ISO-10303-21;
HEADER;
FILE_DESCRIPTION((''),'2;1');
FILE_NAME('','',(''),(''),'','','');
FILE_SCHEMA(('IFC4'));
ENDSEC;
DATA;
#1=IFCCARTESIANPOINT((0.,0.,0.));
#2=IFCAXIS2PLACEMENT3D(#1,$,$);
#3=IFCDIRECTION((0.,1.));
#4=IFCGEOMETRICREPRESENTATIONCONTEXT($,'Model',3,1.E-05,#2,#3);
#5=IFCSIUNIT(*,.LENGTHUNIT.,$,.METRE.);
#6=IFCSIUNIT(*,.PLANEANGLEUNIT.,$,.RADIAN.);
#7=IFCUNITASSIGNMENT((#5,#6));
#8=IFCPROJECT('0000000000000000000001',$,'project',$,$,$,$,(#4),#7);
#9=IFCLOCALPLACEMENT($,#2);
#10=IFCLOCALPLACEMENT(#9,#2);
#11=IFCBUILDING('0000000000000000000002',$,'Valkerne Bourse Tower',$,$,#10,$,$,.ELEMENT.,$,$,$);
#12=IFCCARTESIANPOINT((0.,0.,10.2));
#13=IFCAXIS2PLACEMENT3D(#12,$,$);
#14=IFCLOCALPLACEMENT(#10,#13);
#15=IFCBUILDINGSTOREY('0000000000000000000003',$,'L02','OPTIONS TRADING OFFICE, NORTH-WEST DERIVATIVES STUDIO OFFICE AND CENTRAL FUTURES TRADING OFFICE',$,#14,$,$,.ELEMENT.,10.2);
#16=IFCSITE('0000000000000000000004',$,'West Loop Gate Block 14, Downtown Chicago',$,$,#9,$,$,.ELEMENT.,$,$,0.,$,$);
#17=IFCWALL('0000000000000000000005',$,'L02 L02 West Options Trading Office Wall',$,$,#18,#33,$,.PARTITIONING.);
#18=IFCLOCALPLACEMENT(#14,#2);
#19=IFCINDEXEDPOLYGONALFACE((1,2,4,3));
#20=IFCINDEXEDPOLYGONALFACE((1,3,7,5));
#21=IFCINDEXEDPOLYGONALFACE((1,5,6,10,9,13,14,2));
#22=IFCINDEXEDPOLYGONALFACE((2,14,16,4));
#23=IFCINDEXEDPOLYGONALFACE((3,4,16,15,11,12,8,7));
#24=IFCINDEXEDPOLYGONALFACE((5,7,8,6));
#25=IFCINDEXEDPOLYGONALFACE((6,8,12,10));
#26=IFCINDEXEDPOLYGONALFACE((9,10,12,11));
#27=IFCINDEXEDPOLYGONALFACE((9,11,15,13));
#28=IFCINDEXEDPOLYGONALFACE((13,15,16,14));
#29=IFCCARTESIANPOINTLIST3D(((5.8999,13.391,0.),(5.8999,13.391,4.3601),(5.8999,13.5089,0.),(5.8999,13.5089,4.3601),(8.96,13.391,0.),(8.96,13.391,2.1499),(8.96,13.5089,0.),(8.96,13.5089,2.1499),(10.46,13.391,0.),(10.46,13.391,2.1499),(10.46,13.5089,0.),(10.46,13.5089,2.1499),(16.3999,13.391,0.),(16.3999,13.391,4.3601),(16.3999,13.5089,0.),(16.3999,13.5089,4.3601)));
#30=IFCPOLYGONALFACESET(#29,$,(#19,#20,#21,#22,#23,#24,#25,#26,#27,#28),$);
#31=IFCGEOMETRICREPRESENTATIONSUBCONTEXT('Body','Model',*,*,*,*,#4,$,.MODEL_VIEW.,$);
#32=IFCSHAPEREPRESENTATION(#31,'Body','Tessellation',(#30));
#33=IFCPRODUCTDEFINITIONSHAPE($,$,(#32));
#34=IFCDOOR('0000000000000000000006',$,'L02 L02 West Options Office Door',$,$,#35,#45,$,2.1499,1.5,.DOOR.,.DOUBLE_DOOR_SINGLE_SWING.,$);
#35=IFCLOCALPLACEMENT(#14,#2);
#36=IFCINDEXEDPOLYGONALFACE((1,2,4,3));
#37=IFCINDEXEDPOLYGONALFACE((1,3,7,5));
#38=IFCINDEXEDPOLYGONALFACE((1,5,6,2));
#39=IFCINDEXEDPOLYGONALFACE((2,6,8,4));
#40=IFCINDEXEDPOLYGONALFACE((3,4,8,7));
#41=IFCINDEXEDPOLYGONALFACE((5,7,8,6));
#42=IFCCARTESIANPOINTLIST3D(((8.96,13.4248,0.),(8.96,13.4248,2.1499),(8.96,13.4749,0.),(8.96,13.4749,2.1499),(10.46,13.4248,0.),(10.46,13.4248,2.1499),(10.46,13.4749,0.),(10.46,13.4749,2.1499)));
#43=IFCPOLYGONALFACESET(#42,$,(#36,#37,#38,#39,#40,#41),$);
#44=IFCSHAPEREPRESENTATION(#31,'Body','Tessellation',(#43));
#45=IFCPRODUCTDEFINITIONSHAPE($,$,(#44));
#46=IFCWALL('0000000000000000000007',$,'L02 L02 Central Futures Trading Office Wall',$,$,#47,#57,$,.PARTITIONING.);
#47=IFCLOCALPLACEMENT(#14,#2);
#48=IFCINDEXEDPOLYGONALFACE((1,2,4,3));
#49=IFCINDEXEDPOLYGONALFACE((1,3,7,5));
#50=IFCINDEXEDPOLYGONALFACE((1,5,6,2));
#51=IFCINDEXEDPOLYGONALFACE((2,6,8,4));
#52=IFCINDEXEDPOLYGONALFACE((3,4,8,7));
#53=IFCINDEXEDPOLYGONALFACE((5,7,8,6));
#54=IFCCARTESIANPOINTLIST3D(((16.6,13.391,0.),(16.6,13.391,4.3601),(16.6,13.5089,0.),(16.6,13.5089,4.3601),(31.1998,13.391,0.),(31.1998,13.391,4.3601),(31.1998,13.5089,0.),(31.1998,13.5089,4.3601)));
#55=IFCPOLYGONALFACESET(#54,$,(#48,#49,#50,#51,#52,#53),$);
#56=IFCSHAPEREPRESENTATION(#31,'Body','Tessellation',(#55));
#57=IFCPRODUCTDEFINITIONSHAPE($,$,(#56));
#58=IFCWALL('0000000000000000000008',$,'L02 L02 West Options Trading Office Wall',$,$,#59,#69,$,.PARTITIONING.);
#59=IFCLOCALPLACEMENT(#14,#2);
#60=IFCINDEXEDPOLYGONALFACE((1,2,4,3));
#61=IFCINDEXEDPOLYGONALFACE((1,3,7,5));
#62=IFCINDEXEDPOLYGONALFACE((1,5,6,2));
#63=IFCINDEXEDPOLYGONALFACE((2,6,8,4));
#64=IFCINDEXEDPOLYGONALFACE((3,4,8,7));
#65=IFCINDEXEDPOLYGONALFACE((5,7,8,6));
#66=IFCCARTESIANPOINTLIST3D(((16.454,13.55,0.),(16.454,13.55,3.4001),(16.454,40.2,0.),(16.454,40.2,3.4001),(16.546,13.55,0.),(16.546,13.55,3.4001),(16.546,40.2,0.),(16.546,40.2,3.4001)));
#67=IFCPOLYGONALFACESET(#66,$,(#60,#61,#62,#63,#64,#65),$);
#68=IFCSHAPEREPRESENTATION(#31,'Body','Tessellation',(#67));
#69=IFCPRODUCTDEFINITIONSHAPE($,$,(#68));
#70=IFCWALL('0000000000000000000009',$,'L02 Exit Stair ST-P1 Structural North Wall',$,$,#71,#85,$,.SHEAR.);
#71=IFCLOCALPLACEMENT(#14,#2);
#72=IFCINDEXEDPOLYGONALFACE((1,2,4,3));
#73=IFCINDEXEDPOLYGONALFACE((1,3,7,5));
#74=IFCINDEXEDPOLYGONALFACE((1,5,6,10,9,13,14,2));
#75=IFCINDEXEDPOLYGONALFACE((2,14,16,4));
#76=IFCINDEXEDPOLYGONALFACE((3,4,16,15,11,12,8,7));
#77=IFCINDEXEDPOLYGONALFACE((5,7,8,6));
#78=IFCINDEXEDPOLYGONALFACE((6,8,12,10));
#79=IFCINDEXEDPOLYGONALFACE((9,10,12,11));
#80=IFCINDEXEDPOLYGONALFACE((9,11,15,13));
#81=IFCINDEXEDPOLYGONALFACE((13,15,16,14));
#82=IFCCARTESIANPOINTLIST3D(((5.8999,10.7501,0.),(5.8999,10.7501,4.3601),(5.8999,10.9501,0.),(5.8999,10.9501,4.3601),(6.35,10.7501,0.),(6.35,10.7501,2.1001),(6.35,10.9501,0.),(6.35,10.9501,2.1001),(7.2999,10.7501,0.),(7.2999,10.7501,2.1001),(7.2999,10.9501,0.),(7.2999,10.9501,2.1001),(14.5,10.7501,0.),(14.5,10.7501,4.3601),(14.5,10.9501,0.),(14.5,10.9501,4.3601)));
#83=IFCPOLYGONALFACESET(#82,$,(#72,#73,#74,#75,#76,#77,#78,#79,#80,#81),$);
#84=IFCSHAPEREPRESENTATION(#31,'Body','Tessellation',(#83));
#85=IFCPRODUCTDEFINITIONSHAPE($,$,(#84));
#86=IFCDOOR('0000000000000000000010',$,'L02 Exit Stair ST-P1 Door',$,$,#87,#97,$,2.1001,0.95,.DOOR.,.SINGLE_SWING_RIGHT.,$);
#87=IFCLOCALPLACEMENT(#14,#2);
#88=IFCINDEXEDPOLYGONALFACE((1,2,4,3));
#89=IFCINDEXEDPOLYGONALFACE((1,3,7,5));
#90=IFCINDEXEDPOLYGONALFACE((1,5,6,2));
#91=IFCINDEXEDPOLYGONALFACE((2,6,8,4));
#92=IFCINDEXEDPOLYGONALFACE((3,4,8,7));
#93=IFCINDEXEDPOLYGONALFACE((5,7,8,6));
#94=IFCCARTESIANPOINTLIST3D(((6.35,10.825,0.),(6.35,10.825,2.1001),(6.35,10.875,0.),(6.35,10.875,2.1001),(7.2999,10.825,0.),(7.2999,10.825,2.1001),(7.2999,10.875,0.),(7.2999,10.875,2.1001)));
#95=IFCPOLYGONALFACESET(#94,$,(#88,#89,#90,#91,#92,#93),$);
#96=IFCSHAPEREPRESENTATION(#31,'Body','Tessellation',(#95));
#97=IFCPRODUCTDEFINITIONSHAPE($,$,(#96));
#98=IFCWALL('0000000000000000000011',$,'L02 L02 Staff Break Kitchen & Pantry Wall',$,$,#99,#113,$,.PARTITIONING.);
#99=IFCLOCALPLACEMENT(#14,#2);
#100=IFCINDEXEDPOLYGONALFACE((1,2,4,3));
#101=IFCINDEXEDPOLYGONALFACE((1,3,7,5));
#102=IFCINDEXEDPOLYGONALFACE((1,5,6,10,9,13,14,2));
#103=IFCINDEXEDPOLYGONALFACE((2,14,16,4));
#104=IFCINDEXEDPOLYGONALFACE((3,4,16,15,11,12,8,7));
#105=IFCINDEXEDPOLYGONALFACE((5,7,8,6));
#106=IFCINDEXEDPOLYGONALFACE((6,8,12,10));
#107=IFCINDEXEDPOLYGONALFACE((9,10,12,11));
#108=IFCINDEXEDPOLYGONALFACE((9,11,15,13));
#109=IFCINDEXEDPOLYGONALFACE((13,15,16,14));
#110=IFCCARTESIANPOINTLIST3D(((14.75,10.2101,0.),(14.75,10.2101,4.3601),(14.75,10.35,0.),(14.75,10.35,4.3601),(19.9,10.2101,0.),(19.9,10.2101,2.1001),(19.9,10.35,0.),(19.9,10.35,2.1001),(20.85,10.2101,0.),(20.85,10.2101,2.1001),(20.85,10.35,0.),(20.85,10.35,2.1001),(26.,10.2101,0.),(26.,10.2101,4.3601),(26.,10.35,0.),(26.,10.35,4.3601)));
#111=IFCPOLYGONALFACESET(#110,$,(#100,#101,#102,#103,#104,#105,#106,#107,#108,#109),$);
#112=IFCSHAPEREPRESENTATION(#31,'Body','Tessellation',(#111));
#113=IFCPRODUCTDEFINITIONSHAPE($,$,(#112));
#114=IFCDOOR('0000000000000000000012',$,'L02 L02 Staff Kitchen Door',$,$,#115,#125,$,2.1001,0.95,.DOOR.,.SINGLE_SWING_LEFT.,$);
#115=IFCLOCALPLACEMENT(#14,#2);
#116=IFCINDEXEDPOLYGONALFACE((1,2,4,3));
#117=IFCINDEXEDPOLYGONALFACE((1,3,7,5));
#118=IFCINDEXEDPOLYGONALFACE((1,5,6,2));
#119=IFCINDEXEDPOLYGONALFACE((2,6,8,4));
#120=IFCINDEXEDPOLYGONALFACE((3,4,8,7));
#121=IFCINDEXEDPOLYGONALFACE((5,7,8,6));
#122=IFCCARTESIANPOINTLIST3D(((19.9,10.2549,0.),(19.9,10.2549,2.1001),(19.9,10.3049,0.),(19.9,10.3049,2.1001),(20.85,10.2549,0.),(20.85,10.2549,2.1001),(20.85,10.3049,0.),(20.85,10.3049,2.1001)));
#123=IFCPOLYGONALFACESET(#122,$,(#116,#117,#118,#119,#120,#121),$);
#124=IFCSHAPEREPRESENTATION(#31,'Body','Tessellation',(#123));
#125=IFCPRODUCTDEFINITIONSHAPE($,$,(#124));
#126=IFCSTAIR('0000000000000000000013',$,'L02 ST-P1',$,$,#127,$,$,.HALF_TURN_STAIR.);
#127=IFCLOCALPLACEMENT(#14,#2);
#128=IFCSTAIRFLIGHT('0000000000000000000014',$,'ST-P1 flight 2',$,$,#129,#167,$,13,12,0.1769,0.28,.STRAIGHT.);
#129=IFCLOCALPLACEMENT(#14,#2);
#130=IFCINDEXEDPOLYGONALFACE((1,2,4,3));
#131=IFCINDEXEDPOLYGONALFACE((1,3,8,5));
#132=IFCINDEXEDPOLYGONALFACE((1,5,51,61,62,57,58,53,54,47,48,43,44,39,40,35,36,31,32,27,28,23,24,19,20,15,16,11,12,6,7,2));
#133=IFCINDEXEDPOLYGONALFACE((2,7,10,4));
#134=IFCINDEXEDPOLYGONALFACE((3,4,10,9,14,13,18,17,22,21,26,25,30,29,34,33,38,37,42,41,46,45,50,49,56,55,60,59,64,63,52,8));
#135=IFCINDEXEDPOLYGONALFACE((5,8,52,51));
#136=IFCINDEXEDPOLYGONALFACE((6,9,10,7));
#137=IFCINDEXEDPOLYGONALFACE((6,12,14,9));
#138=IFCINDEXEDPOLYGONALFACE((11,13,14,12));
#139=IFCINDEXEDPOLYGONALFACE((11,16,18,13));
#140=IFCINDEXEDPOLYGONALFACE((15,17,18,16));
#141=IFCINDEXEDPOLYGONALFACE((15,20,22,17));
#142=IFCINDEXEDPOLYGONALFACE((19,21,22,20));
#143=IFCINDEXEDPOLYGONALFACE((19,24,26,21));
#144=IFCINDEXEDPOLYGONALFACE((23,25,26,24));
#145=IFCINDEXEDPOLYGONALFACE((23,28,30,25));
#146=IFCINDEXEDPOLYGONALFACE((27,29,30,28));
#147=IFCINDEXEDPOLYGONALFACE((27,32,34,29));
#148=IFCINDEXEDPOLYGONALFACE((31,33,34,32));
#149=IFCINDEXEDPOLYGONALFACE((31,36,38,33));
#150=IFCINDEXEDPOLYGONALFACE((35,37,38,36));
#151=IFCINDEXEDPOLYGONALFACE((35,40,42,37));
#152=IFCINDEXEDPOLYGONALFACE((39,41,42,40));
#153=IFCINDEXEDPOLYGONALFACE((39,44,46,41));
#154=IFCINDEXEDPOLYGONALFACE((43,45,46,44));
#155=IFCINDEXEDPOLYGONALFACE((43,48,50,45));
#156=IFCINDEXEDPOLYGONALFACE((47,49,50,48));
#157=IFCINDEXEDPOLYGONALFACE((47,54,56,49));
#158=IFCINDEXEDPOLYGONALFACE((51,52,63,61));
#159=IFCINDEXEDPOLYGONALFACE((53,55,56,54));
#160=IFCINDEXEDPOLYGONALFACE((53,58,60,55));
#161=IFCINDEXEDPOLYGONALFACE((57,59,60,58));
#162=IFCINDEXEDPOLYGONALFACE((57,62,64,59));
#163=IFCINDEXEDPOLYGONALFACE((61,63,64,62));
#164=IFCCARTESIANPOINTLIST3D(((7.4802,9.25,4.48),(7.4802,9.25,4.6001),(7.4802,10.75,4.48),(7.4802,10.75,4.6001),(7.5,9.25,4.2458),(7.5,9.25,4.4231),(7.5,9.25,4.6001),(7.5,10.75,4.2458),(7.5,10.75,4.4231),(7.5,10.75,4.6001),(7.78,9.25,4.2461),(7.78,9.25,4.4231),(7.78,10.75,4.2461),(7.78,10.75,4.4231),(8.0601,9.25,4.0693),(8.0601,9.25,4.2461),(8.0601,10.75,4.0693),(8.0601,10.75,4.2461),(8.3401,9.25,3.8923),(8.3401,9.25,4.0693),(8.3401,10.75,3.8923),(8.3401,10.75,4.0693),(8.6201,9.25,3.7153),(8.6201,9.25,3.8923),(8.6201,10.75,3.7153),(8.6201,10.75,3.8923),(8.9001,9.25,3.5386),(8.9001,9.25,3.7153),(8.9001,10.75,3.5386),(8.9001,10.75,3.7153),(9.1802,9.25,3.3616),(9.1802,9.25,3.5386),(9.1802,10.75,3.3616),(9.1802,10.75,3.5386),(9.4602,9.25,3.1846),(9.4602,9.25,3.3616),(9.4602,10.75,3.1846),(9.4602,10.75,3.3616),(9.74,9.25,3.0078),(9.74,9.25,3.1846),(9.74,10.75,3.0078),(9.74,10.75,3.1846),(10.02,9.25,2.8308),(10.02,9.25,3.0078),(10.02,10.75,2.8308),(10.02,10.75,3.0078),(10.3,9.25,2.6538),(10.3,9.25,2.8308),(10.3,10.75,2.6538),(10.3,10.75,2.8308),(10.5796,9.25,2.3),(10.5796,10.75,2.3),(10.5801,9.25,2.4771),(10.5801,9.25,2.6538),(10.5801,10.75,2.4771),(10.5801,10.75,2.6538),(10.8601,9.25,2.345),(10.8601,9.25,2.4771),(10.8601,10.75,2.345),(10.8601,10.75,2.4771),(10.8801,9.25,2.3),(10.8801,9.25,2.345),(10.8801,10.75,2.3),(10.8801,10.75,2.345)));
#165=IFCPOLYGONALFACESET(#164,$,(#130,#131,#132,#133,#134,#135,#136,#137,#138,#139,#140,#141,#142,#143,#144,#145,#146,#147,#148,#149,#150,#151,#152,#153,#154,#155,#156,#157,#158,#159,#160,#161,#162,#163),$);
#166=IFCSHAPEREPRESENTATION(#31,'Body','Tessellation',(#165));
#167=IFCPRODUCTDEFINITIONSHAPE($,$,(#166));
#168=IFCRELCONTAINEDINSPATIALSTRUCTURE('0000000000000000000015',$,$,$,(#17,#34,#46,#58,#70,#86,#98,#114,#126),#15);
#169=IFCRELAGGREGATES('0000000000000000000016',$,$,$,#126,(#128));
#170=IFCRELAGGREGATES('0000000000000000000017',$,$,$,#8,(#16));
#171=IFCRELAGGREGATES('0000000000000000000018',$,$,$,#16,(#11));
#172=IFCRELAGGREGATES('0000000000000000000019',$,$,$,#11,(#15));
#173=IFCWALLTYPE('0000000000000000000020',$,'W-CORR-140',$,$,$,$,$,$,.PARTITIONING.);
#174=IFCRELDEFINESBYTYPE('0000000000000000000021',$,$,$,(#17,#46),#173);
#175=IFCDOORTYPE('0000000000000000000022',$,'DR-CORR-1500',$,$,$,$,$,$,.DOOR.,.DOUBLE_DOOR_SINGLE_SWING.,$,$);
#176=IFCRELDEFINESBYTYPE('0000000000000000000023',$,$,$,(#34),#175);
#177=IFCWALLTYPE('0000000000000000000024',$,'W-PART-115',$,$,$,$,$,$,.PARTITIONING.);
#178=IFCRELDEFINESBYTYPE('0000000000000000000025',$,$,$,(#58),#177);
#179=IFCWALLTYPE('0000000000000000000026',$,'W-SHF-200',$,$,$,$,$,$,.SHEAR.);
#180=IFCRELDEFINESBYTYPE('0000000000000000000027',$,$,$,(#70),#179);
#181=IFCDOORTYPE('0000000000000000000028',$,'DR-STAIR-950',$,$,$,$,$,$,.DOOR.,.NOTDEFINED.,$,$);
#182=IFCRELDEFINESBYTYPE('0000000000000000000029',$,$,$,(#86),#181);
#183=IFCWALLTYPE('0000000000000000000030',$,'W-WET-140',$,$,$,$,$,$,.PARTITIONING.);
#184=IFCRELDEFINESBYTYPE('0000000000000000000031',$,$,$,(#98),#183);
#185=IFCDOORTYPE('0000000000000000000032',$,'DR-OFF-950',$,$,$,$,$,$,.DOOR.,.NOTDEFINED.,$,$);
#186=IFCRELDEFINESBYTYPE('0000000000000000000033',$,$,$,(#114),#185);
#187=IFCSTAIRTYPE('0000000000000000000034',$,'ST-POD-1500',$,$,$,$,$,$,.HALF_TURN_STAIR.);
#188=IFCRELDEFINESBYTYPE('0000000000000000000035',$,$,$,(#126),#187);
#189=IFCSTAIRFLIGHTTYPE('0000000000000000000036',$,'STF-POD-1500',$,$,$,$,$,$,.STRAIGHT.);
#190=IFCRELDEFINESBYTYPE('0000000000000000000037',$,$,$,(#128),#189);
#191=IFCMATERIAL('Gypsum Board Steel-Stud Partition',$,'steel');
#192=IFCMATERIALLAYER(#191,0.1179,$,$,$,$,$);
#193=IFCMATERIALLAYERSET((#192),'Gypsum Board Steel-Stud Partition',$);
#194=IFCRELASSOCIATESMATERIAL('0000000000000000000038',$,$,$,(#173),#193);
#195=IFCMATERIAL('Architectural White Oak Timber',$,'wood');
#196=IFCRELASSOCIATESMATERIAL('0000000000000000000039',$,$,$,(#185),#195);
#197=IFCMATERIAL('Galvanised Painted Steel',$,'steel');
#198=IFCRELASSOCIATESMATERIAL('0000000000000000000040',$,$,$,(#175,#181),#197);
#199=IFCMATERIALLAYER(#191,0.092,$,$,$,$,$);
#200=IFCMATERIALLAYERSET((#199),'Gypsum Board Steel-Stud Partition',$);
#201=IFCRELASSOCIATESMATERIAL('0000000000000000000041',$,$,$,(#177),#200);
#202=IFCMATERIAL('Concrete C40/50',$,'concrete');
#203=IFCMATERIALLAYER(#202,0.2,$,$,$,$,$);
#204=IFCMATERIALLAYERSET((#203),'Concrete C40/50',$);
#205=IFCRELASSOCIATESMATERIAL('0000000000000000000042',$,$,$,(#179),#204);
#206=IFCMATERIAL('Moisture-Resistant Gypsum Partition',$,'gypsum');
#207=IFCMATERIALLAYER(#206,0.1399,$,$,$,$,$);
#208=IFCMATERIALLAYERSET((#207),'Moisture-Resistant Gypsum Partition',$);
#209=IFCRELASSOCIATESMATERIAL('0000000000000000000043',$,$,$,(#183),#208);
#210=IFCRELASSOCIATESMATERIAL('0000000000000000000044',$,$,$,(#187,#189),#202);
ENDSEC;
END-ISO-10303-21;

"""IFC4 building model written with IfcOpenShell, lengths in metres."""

from ifc_helpers import new_model, si_unit, direction, frame, frame_2d, origin, place, context, subcontext, project, spatial, polyline, rectangle, outline, extrude, material, layer, layer_set, type_object, element, fill, aggregate, save


model = new_model("IFC4")

# Units and contexts
model_context = context("Model", 3, precision=1e-05, world=origin(), true_north=direction((0.0, 1.0)))
body_context = subcontext(model_context, "Body", "Model", "MODEL_VIEW")
ifc_project = project(units=[si_unit("LENGTHUNIT", "METRE"), si_unit("PLANEANGLEUNIT", "RADIAN")], contexts=[model_context])

# Site, building, storey
site_placement = place(None, origin())
site = spatial("IfcSite", under=ifc_project, at=site_placement, Name="West Loop Gate Block 14, Downtown Chicago", CompositionType="ELEMENT", RefElevation=0.0)
building_placement = place(site_placement, origin())
building = spatial("IfcBuilding", under=site, at=building_placement, Name="Valkerne Bourse Tower", CompositionType="ELEMENT")
storey_placement = place(building_placement, frame((0.0, 0.0, 10.2)))
storey = spatial("IfcBuildingStorey", under=building, at=storey_placement, Name="L02", Description="OPTIONS TRADING OFFICE, NORTH-WEST DERIVATIVES STUDIO OFFICE AND CENTRAL FUTURES TRADING OFFICE", CompositionType="ELEMENT", Elevation=10.2)

# Wall, opening, door
ifc_material_1 = material(Name="Gypsum Board Steel-Stud Partition", Category="steel")
ifc_layer_1 = layer(ifc_material_1, 0.1179)
ifc_layer_set_1 = layer_set([ifc_layer_1], Name="Gypsum Board Steel-Stud Partition")
wall_type_1 = type_object("IfcWallType", Name="W-CORR-140", PredefinedType="PARTITIONING", material=ifc_layer_set_1)
ifc_material_2 = material(Name="Architectural White Oak Timber", Category="wood")
door_type_1 = type_object("IfcDoorType", Name="DR-OFF-950", OperationType="NOTDEFINED", PredefinedType="DOOR", material=ifc_material_2)
wall_1_placement = place(storey_placement, frame((5.8999, 13.45, 0.0), z_axis=(0.0, 0.0, 1.0), x_axis=(1.0, 0.0, 0.0)))
wall_1 = element("IfcWall", 1, at=wall_1_placement, inside=storey, type_object=wall_type_1, Name="L02 L02 West Options Trading Office Wall", PredefinedType="PARTITIONING", context=body_context, shape_type="SweptSolid", body=[
    extrude(rectangle(XDim=10.5, YDim=0.1179, at=frame_2d((5.25, 0.0))), origin(), (0.0, 0.0, 1.0), 4.3601),
])
opening_1_placement = place(wall_1_placement, frame((3.0601, 0.0, 0.0)))
opening_1 = element("IfcOpeningElement", 2, at=opening_1_placement, cuts=wall_1, PredefinedType="OPENING", context=body_context, shape_type="SweptSolid", body=[
    extrude(rectangle(XDim=1.5, YDim=2.1499, at=frame_2d((0.75, 1.075))), frame((0.0, 0.0688, 0.0), z_axis=(0.0, -1.0, 0.0), x_axis=(1.0, 0.0, 0.0)), (0.0, 0.0, 1.0), 0.1379),
])
ifc_material_3 = material(Name="Galvanised Painted Steel", Category="steel")
door_type_2 = type_object("IfcDoorType", Name="DR-CORR-1500", OperationType="DOUBLE_DOOR_SINGLE_SWING", PredefinedType="DOOR", material=ifc_material_3)
door_1_placement = place(opening_1_placement, origin())
door_1 = element("IfcDoor", 3, at=door_1_placement, inside=storey, type_object=door_type_2, Name="L02 L02 West Options Office Door", OperationType="DOUBLE_DOOR_SINGLE_SWING", OverallHeight=2.1499, OverallWidth=1.5, PredefinedType="DOOR", context=body_context, shape_type="SweptSolid", body=[
    extrude(rectangle(XDim=1.5, YDim=2.1499, at=frame_2d((0.75, 1.075))), frame((0.0, 0.0249, 0.0), z_axis=(0.0, -1.0, 0.0), x_axis=(1.0, 0.0, 0.0)), (0.0, 0.0, 1.0), 0.05),
])
fill(opening_1, door_1)

# Walls
wall_2_placement = place(storey_placement, frame((16.6001, 13.45, 0.0), z_axis=(0.0, 0.0, 1.0), x_axis=(1.0, 0.0, 0.0)))
element("IfcWall", 4, at=wall_2_placement, inside=storey, type_object=wall_type_1, Name="L02 L02 Central Futures Trading Office Wall", PredefinedType="PARTITIONING", context=body_context, shape_type="SweptSolid", body=[
    extrude(rectangle(XDim=14.5999, YDim=0.1179, at=frame_2d((7.2998, 0.0))), origin(), (0.0, 0.0, 1.0), 4.3601),
])
ifc_layer_2 = layer(ifc_material_1, 0.092)
ifc_layer_set_2 = layer_set([ifc_layer_2], Name="Gypsum Board Steel-Stud Partition")
wall_type_2 = type_object("IfcWallType", Name="W-PART-115", PredefinedType="PARTITIONING", material=ifc_layer_set_2)
wall_3_placement = place(storey_placement, frame((16.5, 13.55, 0.0), z_axis=(0.0, 0.0, 1.0), x_axis=(0.0, 1.0, 0.0)))
element("IfcWall", 5, at=wall_3_placement, inside=storey, type_object=wall_type_2, Name="L02 L02 West Options Trading Office Wall", PredefinedType="PARTITIONING", context=body_context, shape_type="SweptSolid", body=[
    extrude(rectangle(XDim=26.6499, YDim=0.092, at=frame_2d((13.325, 0.0))), origin(), (0.0, 0.0, 1.0), 3.4001),
])

# Walls, openings, doors
ifc_material_4 = material(Name="Concrete C40/50", Category="concrete")
ifc_layer_3 = layer(ifc_material_4, 0.2)
ifc_layer_set_3 = layer_set([ifc_layer_3], Name="Concrete C40/50")
wall_type_3 = type_object("IfcWallType", Name="W-SHF-200", PredefinedType="SHEAR", material=ifc_layer_set_3)
wall_4_placement = place(storey_placement, frame((5.8999, 10.8501, 0.0), z_axis=(0.0, 0.0, 1.0), x_axis=(1.0, 0.0, 0.0)))
wall_4 = element("IfcWall", 6, at=wall_4_placement, inside=storey, type_object=wall_type_3, Name="L02 Exit Stair ST-P1 Structural North Wall", PredefinedType="SHEAR", context=body_context, shape_type="SweptSolid", body=[
    extrude(rectangle(XDim=8.6001, YDim=0.2, at=frame_2d((4.3, 0.0))), origin(), (0.0, 0.0, 1.0), 4.3601),
])
opening_2_placement = place(wall_4_placement, frame((0.45, 0.0, 0.0)))
opening_2 = element("IfcOpeningElement", 7, at=opening_2_placement, cuts=wall_4, PredefinedType="OPENING", context=body_context, shape_type="SweptSolid", body=[
    extrude(rectangle(XDim=0.95, YDim=2.1001, at=frame_2d((0.4751, 1.05))), frame((0.0, 0.1099, 0.0), z_axis=(0.0, -1.0, 0.0), x_axis=(1.0, 0.0, 0.0)), (0.0, 0.0, 1.0), 0.22),
])
door_type_3 = type_object("IfcDoorType", Name="DR-STAIR-950", OperationType="NOTDEFINED", PredefinedType="DOOR", material=ifc_material_3)
door_2_placement = place(opening_2_placement, origin())
door_2 = element("IfcDoor", 8, at=door_2_placement, inside=storey, type_object=door_type_3, Name="L02 Exit Stair ST-P1 Door", OperationType="SINGLE_SWING_RIGHT", OverallHeight=2.1001, OverallWidth=0.95, PredefinedType="DOOR", context=body_context, shape_type="SweptSolid", body=[
    extrude(rectangle(XDim=0.95, YDim=2.1001, at=frame_2d((0.4751, 1.05))), frame((0.0, 0.0249, 0.0), z_axis=(0.0, -1.0, 0.0), x_axis=(1.0, 0.0, 0.0)), (0.0, 0.0, 1.0), 0.05),
])
fill(opening_2, door_2)
ifc_material_5 = material(Name="Moisture-Resistant Gypsum Partition", Category="gypsum")
ifc_layer_4 = layer(ifc_material_5, 0.1399)
ifc_layer_set_4 = layer_set([ifc_layer_4], Name="Moisture-Resistant Gypsum Partition")
wall_type_4 = type_object("IfcWallType", Name="W-WET-140", PredefinedType="PARTITIONING", material=ifc_layer_set_4)
wall_5_placement = place(storey_placement, frame((14.75, 10.28, 0.0), z_axis=(0.0, 0.0, 1.0), x_axis=(1.0, 0.0, 0.0)))
wall_5 = element("IfcWall", 9, at=wall_5_placement, inside=storey, type_object=wall_type_4, Name="L02 L02 Staff Break Kitchen & Pantry Wall", PredefinedType="PARTITIONING", context=body_context, shape_type="SweptSolid", body=[
    extrude(rectangle(XDim=11.25, YDim=0.1399, at=frame_2d((5.625, 0.0))), origin(), (0.0, 0.0, 1.0), 4.3601),
])
opening_3_placement = place(wall_5_placement, frame((5.1499, 0.0, 0.0)))
opening_3 = element("IfcOpeningElement", 10, at=opening_3_placement, cuts=wall_5, PredefinedType="OPENING", context=body_context, shape_type="SweptSolid", body=[
    extrude(rectangle(XDim=0.95, YDim=2.1001, at=frame_2d((0.4751, 1.05))), frame((0.0, 0.0798, 0.0), z_axis=(0.0, -1.0, 0.0), x_axis=(1.0, 0.0, 0.0)), (0.0, 0.0, 1.0), 0.1599),
])
door_3_placement = place(opening_3_placement, origin())
door_3 = element("IfcDoor", 11, at=door_3_placement, inside=storey, type_object=door_type_1, Name="L02 L02 Staff Kitchen Door", OperationType="SINGLE_SWING_LEFT", OverallHeight=2.1001, OverallWidth=0.95, PredefinedType="DOOR", context=body_context, shape_type="SweptSolid", body=[
    extrude(rectangle(XDim=0.95, YDim=2.1001, at=frame_2d((0.4751, 1.05))), frame((0.0, 0.0249, 0.0), z_axis=(0.0, -1.0, 0.0), x_axis=(1.0, 0.0, 0.0)), (0.0, 0.0, 1.0), 0.05),
])
fill(opening_3, door_3)

# Stair, stair flight
stair_type = type_object("IfcStairType", Name="ST-POD-1500", PredefinedType="HALF_TURN_STAIR", material=ifc_material_4)
stair_placement = place(storey_placement, origin())
stair = element("IfcStair", 12, at=stair_placement, inside=storey, type_object=stair_type, Name="L02 ST-P1", PredefinedType="HALF_TURN_STAIR")
stair_flight_type = type_object("IfcStairFlightType", Name="STF-POD-1500", PredefinedType="STRAIGHT", material=ifc_material_4)
stair_flight_placement = place(storey_placement, frame((10.8601, 10.0, 2.3), z_axis=(0.0, 0.0, 1.0), x_axis=(-1.0, 0.0, 0.0)))
stair_flight = element("IfcStairFlight", 13, at=stair_flight_placement, type_object=stair_flight_type, Name="ST-P1 flight 2", NumberOfRisers=13, NumberOfTreads=12, PredefinedType="STRAIGHT", RiserHeight=0.1769, TreadLength=0.28, context=body_context, shape_type="SweptSolid", body=[
    extrude(outline(polyline([(-0.02, 0.0), (-0.02, 0.0449), (0.0, 0.0449), (0.0, 0.177), (0.28, 0.177), (0.28, 0.3538), (0.5601, 0.3538), (0.5601, 0.5308), (0.8401, 0.5308), (0.8401, 0.7078), (1.1201, 0.7078), (1.1201, 0.8845), (1.3999, 0.8845), (1.3999, 1.0615), (1.6799, 1.0615), (1.6799, 1.2385), (1.96, 1.2385), (1.96, 1.4153), (2.24, 1.4153), (2.24, 1.5923), (2.52, 1.5923), (2.52, 1.7693), (2.8, 1.7693), (2.8, 1.946), (3.0801, 1.946), (3.0801, 2.123), (3.3601, 2.123), (3.3601, 2.3), (3.3799, 2.3), (3.3799, 2.1799), (3.3601, 1.9458), (0.2805, 0.0), (-0.02, 0.0)])), frame((0.0, 0.75, 0.0), z_axis=(0.0, -1.0, 0.0), x_axis=(1.0, 0.0, 0.0)), (0.0, 0.0, 1.0), 1.5),
])
aggregate(stair, [stair_flight])

save(model, "model.ifc")
